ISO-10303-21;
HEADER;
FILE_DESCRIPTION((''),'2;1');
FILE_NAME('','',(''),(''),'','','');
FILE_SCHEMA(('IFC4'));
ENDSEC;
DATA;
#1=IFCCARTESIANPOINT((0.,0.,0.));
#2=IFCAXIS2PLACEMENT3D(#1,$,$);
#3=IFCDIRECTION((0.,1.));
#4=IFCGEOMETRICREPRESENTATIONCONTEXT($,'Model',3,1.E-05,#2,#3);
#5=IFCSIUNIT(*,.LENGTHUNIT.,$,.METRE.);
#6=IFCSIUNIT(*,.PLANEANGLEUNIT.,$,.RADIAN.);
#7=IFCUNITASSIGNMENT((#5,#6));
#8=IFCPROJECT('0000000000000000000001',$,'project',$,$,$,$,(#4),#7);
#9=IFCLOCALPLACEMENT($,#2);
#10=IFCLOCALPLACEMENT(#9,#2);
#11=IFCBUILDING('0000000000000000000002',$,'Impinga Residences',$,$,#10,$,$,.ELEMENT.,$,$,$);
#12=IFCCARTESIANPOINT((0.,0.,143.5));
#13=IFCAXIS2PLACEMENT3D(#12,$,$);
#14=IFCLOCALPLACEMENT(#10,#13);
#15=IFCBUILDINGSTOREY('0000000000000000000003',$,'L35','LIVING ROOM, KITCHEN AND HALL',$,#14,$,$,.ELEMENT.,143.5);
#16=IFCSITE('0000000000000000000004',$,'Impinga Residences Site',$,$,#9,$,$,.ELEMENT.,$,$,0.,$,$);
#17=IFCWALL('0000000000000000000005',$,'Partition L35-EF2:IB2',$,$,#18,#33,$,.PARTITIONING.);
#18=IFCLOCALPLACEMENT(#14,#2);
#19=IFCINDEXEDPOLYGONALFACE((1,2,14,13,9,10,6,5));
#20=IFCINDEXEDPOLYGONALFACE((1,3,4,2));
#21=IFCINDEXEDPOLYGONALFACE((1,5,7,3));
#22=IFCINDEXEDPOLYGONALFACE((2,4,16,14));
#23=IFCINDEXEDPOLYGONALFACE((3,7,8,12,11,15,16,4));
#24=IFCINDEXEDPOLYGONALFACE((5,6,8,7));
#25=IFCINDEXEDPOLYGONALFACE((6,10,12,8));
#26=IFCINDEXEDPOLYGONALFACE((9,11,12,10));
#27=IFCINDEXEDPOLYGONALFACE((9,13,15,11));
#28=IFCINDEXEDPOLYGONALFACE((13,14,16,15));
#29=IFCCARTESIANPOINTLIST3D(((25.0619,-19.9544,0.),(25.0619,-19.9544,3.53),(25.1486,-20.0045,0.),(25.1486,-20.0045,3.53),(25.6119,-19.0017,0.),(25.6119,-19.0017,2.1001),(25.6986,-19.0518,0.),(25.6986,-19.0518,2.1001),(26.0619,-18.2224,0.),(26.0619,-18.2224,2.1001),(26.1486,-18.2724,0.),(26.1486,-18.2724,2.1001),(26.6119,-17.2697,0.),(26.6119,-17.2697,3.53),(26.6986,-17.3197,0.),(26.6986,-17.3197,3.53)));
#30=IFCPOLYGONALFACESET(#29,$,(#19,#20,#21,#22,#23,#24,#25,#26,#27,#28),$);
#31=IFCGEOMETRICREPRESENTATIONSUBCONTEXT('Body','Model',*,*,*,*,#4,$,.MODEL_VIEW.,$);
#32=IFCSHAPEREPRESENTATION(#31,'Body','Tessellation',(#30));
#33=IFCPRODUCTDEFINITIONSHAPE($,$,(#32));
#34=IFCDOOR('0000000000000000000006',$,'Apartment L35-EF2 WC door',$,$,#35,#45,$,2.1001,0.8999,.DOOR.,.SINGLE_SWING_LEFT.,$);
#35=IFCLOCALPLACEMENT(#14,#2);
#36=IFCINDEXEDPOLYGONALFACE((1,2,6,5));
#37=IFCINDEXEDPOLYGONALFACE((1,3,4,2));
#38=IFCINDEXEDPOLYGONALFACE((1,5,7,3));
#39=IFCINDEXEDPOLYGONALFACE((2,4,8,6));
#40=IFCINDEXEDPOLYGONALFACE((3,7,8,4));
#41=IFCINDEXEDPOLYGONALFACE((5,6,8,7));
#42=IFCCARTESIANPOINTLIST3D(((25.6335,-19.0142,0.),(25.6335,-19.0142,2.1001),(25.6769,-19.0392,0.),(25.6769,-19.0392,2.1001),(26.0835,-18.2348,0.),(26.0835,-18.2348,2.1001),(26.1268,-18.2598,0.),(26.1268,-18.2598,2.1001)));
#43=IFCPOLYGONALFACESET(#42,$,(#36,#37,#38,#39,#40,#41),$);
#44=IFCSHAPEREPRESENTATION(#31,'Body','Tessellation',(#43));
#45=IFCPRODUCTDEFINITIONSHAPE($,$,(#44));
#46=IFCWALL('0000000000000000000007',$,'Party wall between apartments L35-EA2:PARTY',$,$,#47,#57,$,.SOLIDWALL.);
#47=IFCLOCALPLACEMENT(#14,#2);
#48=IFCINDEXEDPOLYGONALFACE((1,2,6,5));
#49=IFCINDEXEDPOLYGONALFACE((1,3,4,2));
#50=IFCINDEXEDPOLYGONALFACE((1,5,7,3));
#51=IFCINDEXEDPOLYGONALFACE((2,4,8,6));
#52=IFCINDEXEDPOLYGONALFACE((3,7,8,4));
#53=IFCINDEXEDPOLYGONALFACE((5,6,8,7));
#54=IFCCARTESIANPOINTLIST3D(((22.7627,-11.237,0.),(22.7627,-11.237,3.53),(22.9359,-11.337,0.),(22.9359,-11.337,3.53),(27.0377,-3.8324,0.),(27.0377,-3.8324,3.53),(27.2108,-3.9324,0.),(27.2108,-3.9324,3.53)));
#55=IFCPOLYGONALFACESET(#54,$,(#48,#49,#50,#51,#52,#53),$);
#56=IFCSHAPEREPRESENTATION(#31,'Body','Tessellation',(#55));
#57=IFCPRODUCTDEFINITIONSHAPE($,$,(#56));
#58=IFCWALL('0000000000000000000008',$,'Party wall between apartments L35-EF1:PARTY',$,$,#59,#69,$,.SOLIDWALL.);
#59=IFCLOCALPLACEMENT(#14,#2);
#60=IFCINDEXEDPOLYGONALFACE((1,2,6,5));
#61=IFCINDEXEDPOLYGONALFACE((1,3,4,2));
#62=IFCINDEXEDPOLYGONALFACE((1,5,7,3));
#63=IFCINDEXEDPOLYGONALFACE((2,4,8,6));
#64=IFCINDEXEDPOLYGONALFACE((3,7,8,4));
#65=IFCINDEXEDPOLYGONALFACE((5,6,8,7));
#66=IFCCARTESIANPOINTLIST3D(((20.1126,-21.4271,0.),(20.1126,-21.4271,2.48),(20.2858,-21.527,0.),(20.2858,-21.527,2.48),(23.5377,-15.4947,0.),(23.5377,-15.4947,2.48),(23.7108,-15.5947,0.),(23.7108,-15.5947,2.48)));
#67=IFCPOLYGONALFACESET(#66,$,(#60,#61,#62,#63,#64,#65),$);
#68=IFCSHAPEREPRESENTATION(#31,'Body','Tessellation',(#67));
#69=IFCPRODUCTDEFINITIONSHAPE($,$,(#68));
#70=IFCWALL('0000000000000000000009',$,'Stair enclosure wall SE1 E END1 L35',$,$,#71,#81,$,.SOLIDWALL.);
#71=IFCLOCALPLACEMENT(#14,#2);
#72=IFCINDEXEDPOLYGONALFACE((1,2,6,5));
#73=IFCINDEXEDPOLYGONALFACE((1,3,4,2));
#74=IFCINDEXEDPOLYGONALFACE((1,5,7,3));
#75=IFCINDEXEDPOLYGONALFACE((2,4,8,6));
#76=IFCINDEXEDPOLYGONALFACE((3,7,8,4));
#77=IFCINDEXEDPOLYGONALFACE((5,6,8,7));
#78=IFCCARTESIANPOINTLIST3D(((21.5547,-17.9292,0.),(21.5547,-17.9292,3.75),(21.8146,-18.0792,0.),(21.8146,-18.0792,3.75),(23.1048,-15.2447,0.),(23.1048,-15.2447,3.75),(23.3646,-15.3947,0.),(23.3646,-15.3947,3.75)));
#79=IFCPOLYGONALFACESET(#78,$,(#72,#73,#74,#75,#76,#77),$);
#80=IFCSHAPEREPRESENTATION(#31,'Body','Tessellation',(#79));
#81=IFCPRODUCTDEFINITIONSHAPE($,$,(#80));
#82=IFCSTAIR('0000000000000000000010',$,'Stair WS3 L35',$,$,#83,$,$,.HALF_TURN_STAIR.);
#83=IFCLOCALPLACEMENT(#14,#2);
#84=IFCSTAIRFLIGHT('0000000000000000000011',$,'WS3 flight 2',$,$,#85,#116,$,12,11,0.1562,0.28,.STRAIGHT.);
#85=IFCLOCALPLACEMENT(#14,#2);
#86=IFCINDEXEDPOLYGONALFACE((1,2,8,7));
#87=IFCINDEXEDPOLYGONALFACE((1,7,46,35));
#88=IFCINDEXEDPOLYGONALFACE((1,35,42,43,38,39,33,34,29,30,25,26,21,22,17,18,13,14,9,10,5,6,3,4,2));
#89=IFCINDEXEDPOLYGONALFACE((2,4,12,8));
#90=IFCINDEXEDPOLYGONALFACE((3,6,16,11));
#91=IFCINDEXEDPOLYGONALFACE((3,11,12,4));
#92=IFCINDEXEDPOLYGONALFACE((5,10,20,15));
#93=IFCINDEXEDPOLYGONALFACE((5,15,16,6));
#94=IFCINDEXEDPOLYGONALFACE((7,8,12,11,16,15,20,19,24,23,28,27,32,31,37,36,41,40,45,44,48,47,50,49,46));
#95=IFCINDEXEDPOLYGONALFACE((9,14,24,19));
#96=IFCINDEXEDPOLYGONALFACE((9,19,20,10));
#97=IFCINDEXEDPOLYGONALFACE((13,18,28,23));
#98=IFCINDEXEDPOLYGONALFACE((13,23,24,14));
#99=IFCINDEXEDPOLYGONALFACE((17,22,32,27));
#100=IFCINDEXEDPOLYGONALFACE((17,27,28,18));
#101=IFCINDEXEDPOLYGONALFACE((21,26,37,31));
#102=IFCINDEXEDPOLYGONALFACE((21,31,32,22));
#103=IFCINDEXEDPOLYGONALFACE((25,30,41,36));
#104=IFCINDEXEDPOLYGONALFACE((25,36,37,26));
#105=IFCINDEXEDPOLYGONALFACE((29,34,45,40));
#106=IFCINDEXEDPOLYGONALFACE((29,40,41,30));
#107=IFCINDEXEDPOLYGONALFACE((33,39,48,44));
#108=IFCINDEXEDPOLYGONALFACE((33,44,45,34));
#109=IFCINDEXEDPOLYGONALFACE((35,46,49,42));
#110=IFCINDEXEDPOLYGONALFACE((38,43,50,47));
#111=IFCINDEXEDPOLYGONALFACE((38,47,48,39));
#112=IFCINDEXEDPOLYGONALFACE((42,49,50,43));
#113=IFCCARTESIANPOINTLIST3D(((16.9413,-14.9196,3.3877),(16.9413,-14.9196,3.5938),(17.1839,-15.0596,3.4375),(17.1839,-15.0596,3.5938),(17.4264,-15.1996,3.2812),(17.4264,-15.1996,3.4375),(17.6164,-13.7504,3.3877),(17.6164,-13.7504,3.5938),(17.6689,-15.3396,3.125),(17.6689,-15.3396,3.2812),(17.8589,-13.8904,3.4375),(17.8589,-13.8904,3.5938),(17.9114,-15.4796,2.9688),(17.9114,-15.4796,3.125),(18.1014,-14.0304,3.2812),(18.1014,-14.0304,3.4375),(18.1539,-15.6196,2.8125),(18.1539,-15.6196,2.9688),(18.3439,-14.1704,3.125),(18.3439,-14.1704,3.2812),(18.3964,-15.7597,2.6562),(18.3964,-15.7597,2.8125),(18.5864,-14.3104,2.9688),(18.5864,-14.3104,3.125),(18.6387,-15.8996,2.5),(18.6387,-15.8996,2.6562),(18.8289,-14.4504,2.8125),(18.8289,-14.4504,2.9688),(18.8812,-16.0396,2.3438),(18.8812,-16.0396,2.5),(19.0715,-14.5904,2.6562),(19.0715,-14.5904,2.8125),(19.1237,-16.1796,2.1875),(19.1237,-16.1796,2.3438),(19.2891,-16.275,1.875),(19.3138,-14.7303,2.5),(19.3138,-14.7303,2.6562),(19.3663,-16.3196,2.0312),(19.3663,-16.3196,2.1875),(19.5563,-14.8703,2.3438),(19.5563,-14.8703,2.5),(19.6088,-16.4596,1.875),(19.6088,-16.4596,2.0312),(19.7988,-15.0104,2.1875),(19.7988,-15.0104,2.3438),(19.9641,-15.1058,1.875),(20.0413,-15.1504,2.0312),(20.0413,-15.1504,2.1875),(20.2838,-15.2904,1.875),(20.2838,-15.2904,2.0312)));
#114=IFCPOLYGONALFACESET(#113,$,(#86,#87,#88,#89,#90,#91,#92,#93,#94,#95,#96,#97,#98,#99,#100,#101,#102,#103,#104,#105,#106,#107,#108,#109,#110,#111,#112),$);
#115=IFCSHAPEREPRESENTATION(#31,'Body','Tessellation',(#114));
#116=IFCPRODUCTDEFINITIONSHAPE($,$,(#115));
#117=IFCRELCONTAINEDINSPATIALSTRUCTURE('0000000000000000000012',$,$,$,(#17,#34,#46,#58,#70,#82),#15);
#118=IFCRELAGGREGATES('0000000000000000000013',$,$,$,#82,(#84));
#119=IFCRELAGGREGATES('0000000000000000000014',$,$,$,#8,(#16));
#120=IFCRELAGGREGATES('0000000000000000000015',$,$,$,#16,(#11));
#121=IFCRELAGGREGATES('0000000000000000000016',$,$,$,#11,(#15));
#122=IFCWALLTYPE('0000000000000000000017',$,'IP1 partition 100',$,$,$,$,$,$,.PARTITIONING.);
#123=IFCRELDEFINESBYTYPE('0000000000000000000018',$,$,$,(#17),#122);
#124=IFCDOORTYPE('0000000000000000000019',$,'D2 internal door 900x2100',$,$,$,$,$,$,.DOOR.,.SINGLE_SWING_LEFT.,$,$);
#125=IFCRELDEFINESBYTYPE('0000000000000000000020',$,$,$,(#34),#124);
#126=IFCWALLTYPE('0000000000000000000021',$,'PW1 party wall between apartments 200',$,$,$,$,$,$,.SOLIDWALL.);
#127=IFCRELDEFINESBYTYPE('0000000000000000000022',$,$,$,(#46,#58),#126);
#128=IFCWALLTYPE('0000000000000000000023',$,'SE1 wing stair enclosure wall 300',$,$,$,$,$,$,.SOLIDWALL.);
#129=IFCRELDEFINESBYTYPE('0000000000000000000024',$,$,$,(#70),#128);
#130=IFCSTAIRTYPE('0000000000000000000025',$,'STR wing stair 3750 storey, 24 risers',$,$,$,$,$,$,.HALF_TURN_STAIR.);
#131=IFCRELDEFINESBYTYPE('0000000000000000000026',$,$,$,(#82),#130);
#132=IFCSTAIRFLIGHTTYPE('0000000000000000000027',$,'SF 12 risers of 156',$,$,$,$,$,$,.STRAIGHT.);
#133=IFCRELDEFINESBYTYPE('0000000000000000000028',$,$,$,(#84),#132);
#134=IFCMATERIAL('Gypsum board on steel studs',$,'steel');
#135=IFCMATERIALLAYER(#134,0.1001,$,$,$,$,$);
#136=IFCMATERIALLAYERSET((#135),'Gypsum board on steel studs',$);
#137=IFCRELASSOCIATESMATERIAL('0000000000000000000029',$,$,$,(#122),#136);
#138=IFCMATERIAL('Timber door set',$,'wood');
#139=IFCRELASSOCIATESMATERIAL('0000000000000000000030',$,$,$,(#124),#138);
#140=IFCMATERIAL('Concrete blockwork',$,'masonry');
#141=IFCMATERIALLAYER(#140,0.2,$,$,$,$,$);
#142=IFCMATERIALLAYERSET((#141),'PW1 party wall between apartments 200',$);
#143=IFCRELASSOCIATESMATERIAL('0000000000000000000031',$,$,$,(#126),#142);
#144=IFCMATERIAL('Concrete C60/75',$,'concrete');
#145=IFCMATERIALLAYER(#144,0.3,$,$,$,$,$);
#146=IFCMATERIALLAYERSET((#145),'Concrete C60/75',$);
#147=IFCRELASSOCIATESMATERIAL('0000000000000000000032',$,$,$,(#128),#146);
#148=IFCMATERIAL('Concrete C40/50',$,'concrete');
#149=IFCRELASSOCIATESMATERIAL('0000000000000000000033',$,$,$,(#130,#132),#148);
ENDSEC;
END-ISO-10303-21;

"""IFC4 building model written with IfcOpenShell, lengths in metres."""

from ifc_helpers import new_model, si_unit, direction, frame, frame_2d, origin, place, context, subcontext, project, spatial, polyline, rectangle, outline, extrude, material, layer, layer_set, type_object, element, fill, aggregate, save


model = new_model("IFC4")

# Units and contexts
model_context = context("Model", 3, precision=1e-05, world=origin(), true_north=direction((0.0, 1.0)))
body_context = subcontext(model_context, "Body", "Model", "MODEL_VIEW")
ifc_project = project(units=[si_unit("LENGTHUNIT", "METRE"), si_unit("PLANEANGLEUNIT", "RADIAN")], contexts=[model_context])

# Site, building, storey
site_placement = place(None, origin())
site = spatial("IfcSite", under=ifc_project, at=site_placement, Name="Impinga Residences Site", CompositionType="ELEMENT", RefElevation=0.0)
building_placement = place(site_placement, origin())
building = spatial("IfcBuilding", under=site, at=building_placement, Name="Impinga Residences", CompositionType="ELEMENT")
storey_placement = place(building_placement, frame((0.0, 0.0, 143.5)))
storey = spatial("IfcBuildingStorey", under=building, at=storey_placement, Name="L35", Description="LIVING ROOM, KITCHEN AND HALL", CompositionType="ELEMENT", Elevation=143.5)

# Shared definitions
ifc_material_1 = material(Name="Concrete C60/75", Category="concrete")

# Wall, opening, door
ifc_material_2 = material(Name="Gypsum board on steel studs", Category="steel")
ifc_layer_1 = layer(ifc_material_2, 0.1001)
ifc_layer_set_1 = layer_set([ifc_layer_1], Name="Gypsum board on steel studs")
wall_type_1 = type_object("IfcWallType", Name="IP1 partition 100", PredefinedType="PARTITIONING", material=ifc_layer_set_1)
ifc_material_3 = material(Name="Timber door set", Category="wood")
door_type = type_object("IfcDoorType", Name="D2 internal door 900x2100", OperationType="SINGLE_SWING_LEFT", PredefinedType="DOOR", material=ifc_material_3)
wall_1_placement = place(storey_placement, frame((26.6553, -17.2947, 0.0), z_axis=(0.0, 0.0, 1.0), x_axis=(-0.499993, -0.86603, 0.0)))
wall_1 = element("IfcWall", 1, at=wall_1_placement, inside=storey, type_object=wall_type_1, Name="Partition L35-EF2:IB2", PredefinedType="PARTITIONING", context=body_context, shape_type="SweptSolid", body=[
    extrude(rectangle(XDim=3.1001, YDim=0.1001, at=frame_2d((1.55, 0.0))), origin(), (0.0, 0.0, 1.0), 3.53),
])
opening_1_placement = place(wall_1_placement, frame((1.1001, 0.0, 0.0)))
opening_1 = element("IfcOpeningElement", 2, at=opening_1_placement, cuts=wall_1, PredefinedType="OPENING", context=body_context, shape_type="SweptSolid", body=[
    extrude(rectangle(XDim=0.8999, YDim=2.1001, at=frame_2d((0.45, 1.05))), frame((0.0, 0.0601, 0.0), z_axis=(0.0, -1.0, 0.0), x_axis=(1.0, 0.0, 0.0)), (0.0, 0.0, 1.0), 0.1201),
])
door_1_placement = place(opening_1_placement, origin())
door_1 = element("IfcDoor", 3, at=door_1_placement, inside=storey, type_object=door_type, Name="Apartment L35-EF2 WC door", OperationType="SINGLE_SWING_LEFT", OverallHeight=2.1001, OverallWidth=0.8999, PredefinedType="DOOR", context=body_context, shape_type="SweptSolid", body=[
    extrude(rectangle(XDim=0.8999, YDim=2.1001, at=frame_2d((0.45, 1.05))), frame((0.0, 0.0249, 0.0), z_axis=(0.0, -1.0, 0.0), x_axis=(1.0, 0.0, 0.0)), (0.0, 0.0, 1.0), 0.05),
])
fill(opening_1, door_1)

# Walls
ifc_material_4 = material(Name="Concrete blockwork", Category="masonry")
ifc_layer_2 = layer(ifc_material_4, 0.2)
ifc_layer_set_2 = layer_set([ifc_layer_2], Name="PW1 party wall between apartments 200")
wall_type_2 = type_object("IfcWallType", Name="PW1 party wall between apartments 200", PredefinedType="SOLIDWALL", material=ifc_layer_set_2)
wall_2_placement = place(storey_placement, frame((22.8494, -11.2869, 0.0), z_axis=(0.0, 0.0, 1.0), x_axis=(0.49999, 0.866031, 0.0)))
element("IfcWall", 4, at=wall_2_placement, inside=storey, type_object=wall_type_2, Name="Party wall between apartments L35-EA2:PARTY", PredefinedType="SOLIDWALL", context=body_context, shape_type="SweptSolid", body=[
    extrude(rectangle(XDim=8.55, YDim=0.2, at=frame_2d((4.2749, 0.0))), origin(), (0.0, 0.0, 1.0), 3.53),
])
wall_3_placement = place(storey_placement, frame((23.6243, -15.5447, 0.0), z_axis=(0.0, 0.0, 1.0), x_axis=(-0.499999, -0.866026, 0.0)))
element("IfcWall", 5, at=wall_3_placement, inside=storey, type_object=wall_type_2, Name="Party wall between apartments L35-EF1:PARTY", PredefinedType="SOLIDWALL", context=body_context, shape_type="SweptSolid", body=[
    extrude(rectangle(XDim=6.8501, YDim=0.2, at=frame_2d((3.425, 0.0))), origin(), (0.0, 0.0, 1.0), 2.48),
])
ifc_layer_3 = layer(ifc_material_1, 0.3)
ifc_layer_set_3 = layer_set([ifc_layer_3], Name="Concrete C60/75")
wall_type_3 = type_object("IfcWallType", Name="SE1 wing stair enclosure wall 300", PredefinedType="SOLIDWALL", material=ifc_layer_set_3)
wall_4_placement = place(storey_placement, frame((23.2346, -15.3198, 0.0), z_axis=(0.0, 0.0, 1.0), x_axis=(-0.500027, -0.86601, 0.0)))
element("IfcWall", 6, at=wall_4_placement, inside=storey, type_object=wall_type_3, Name="Stair enclosure wall SE1 E END1 L35", PredefinedType="SOLIDWALL", context=body_context, shape_type="SweptSolid", body=[
    extrude(rectangle(XDim=3.0999, YDim=0.3, at=frame_2d((1.5498, 0.0))), origin(), (0.0, 0.0, 1.0), 3.75),
])

# Stair, stair flight
ifc_material_5 = material(Name="Concrete C40/50", Category="concrete")
stair_type = type_object("IfcStairType", Name="STR wing stair 3750 storey, 24 risers", PredefinedType="HALF_TURN_STAIR", material=ifc_material_5)
stair_placement = place(storey_placement, origin())
stair = element("IfcStair", 7, at=stair_placement, inside=storey, type_object=stair_type, Name="Stair WS3 L35", PredefinedType="HALF_TURN_STAIR")
stair_flight_type = type_object("IfcStairFlightType", Name="SF 12 risers of 156", PredefinedType="STRAIGHT", material=ifc_material_5)
stair_flight_placement = place(storey_placement, frame((19.9463, -15.875, 1.875), z_axis=(0.0, 0.0, 1.0), x_axis=(-0.866025, 0.5, 0.0)))
stair_flight = element("IfcStairFlight", 8, at=stair_flight_placement, type_object=stair_flight_type, Name="WS3 flight 2", NumberOfRisers=12, NumberOfTreads=11, PredefinedType="STRAIGHT", RiserHeight=0.1562, TreadLength=0.28, context=body_context, shape_type="SweptSolid", body=[
    extrude(outline(polyline([(0.0, 0.0), (0.0, 0.1562), (0.28, 0.1562), (0.28, 0.3125), (0.5601, 0.3125), (0.5601, 0.4688), (0.8401, 0.4688), (0.8401, 0.625), (1.1201, 0.625), (1.1201, 0.7812), (1.3999, 0.7812), (1.3999, 0.9375), (1.6799, 0.9375), (1.6799, 1.0938), (1.96, 1.0938), (1.96, 1.25), (2.24, 1.25), (2.24, 1.4062), (2.52, 1.4062), (2.52, 1.5625), (2.8, 1.5625), (2.8, 1.7188), (3.0801, 1.7188), (3.0801, 1.875), (3.0801, 1.5127), (0.3691, 0.0), (0.0, 0.0)])), frame((0.0, 0.675, 0.0), z_axis=(0.0, -1.0, 0.0), x_axis=(1.0, 0.0, 0.0)), (0.0, 0.0, 1.0), 1.3501),
])
aggregate(stair, [stair_flight])

save(model, "model.ifc")
